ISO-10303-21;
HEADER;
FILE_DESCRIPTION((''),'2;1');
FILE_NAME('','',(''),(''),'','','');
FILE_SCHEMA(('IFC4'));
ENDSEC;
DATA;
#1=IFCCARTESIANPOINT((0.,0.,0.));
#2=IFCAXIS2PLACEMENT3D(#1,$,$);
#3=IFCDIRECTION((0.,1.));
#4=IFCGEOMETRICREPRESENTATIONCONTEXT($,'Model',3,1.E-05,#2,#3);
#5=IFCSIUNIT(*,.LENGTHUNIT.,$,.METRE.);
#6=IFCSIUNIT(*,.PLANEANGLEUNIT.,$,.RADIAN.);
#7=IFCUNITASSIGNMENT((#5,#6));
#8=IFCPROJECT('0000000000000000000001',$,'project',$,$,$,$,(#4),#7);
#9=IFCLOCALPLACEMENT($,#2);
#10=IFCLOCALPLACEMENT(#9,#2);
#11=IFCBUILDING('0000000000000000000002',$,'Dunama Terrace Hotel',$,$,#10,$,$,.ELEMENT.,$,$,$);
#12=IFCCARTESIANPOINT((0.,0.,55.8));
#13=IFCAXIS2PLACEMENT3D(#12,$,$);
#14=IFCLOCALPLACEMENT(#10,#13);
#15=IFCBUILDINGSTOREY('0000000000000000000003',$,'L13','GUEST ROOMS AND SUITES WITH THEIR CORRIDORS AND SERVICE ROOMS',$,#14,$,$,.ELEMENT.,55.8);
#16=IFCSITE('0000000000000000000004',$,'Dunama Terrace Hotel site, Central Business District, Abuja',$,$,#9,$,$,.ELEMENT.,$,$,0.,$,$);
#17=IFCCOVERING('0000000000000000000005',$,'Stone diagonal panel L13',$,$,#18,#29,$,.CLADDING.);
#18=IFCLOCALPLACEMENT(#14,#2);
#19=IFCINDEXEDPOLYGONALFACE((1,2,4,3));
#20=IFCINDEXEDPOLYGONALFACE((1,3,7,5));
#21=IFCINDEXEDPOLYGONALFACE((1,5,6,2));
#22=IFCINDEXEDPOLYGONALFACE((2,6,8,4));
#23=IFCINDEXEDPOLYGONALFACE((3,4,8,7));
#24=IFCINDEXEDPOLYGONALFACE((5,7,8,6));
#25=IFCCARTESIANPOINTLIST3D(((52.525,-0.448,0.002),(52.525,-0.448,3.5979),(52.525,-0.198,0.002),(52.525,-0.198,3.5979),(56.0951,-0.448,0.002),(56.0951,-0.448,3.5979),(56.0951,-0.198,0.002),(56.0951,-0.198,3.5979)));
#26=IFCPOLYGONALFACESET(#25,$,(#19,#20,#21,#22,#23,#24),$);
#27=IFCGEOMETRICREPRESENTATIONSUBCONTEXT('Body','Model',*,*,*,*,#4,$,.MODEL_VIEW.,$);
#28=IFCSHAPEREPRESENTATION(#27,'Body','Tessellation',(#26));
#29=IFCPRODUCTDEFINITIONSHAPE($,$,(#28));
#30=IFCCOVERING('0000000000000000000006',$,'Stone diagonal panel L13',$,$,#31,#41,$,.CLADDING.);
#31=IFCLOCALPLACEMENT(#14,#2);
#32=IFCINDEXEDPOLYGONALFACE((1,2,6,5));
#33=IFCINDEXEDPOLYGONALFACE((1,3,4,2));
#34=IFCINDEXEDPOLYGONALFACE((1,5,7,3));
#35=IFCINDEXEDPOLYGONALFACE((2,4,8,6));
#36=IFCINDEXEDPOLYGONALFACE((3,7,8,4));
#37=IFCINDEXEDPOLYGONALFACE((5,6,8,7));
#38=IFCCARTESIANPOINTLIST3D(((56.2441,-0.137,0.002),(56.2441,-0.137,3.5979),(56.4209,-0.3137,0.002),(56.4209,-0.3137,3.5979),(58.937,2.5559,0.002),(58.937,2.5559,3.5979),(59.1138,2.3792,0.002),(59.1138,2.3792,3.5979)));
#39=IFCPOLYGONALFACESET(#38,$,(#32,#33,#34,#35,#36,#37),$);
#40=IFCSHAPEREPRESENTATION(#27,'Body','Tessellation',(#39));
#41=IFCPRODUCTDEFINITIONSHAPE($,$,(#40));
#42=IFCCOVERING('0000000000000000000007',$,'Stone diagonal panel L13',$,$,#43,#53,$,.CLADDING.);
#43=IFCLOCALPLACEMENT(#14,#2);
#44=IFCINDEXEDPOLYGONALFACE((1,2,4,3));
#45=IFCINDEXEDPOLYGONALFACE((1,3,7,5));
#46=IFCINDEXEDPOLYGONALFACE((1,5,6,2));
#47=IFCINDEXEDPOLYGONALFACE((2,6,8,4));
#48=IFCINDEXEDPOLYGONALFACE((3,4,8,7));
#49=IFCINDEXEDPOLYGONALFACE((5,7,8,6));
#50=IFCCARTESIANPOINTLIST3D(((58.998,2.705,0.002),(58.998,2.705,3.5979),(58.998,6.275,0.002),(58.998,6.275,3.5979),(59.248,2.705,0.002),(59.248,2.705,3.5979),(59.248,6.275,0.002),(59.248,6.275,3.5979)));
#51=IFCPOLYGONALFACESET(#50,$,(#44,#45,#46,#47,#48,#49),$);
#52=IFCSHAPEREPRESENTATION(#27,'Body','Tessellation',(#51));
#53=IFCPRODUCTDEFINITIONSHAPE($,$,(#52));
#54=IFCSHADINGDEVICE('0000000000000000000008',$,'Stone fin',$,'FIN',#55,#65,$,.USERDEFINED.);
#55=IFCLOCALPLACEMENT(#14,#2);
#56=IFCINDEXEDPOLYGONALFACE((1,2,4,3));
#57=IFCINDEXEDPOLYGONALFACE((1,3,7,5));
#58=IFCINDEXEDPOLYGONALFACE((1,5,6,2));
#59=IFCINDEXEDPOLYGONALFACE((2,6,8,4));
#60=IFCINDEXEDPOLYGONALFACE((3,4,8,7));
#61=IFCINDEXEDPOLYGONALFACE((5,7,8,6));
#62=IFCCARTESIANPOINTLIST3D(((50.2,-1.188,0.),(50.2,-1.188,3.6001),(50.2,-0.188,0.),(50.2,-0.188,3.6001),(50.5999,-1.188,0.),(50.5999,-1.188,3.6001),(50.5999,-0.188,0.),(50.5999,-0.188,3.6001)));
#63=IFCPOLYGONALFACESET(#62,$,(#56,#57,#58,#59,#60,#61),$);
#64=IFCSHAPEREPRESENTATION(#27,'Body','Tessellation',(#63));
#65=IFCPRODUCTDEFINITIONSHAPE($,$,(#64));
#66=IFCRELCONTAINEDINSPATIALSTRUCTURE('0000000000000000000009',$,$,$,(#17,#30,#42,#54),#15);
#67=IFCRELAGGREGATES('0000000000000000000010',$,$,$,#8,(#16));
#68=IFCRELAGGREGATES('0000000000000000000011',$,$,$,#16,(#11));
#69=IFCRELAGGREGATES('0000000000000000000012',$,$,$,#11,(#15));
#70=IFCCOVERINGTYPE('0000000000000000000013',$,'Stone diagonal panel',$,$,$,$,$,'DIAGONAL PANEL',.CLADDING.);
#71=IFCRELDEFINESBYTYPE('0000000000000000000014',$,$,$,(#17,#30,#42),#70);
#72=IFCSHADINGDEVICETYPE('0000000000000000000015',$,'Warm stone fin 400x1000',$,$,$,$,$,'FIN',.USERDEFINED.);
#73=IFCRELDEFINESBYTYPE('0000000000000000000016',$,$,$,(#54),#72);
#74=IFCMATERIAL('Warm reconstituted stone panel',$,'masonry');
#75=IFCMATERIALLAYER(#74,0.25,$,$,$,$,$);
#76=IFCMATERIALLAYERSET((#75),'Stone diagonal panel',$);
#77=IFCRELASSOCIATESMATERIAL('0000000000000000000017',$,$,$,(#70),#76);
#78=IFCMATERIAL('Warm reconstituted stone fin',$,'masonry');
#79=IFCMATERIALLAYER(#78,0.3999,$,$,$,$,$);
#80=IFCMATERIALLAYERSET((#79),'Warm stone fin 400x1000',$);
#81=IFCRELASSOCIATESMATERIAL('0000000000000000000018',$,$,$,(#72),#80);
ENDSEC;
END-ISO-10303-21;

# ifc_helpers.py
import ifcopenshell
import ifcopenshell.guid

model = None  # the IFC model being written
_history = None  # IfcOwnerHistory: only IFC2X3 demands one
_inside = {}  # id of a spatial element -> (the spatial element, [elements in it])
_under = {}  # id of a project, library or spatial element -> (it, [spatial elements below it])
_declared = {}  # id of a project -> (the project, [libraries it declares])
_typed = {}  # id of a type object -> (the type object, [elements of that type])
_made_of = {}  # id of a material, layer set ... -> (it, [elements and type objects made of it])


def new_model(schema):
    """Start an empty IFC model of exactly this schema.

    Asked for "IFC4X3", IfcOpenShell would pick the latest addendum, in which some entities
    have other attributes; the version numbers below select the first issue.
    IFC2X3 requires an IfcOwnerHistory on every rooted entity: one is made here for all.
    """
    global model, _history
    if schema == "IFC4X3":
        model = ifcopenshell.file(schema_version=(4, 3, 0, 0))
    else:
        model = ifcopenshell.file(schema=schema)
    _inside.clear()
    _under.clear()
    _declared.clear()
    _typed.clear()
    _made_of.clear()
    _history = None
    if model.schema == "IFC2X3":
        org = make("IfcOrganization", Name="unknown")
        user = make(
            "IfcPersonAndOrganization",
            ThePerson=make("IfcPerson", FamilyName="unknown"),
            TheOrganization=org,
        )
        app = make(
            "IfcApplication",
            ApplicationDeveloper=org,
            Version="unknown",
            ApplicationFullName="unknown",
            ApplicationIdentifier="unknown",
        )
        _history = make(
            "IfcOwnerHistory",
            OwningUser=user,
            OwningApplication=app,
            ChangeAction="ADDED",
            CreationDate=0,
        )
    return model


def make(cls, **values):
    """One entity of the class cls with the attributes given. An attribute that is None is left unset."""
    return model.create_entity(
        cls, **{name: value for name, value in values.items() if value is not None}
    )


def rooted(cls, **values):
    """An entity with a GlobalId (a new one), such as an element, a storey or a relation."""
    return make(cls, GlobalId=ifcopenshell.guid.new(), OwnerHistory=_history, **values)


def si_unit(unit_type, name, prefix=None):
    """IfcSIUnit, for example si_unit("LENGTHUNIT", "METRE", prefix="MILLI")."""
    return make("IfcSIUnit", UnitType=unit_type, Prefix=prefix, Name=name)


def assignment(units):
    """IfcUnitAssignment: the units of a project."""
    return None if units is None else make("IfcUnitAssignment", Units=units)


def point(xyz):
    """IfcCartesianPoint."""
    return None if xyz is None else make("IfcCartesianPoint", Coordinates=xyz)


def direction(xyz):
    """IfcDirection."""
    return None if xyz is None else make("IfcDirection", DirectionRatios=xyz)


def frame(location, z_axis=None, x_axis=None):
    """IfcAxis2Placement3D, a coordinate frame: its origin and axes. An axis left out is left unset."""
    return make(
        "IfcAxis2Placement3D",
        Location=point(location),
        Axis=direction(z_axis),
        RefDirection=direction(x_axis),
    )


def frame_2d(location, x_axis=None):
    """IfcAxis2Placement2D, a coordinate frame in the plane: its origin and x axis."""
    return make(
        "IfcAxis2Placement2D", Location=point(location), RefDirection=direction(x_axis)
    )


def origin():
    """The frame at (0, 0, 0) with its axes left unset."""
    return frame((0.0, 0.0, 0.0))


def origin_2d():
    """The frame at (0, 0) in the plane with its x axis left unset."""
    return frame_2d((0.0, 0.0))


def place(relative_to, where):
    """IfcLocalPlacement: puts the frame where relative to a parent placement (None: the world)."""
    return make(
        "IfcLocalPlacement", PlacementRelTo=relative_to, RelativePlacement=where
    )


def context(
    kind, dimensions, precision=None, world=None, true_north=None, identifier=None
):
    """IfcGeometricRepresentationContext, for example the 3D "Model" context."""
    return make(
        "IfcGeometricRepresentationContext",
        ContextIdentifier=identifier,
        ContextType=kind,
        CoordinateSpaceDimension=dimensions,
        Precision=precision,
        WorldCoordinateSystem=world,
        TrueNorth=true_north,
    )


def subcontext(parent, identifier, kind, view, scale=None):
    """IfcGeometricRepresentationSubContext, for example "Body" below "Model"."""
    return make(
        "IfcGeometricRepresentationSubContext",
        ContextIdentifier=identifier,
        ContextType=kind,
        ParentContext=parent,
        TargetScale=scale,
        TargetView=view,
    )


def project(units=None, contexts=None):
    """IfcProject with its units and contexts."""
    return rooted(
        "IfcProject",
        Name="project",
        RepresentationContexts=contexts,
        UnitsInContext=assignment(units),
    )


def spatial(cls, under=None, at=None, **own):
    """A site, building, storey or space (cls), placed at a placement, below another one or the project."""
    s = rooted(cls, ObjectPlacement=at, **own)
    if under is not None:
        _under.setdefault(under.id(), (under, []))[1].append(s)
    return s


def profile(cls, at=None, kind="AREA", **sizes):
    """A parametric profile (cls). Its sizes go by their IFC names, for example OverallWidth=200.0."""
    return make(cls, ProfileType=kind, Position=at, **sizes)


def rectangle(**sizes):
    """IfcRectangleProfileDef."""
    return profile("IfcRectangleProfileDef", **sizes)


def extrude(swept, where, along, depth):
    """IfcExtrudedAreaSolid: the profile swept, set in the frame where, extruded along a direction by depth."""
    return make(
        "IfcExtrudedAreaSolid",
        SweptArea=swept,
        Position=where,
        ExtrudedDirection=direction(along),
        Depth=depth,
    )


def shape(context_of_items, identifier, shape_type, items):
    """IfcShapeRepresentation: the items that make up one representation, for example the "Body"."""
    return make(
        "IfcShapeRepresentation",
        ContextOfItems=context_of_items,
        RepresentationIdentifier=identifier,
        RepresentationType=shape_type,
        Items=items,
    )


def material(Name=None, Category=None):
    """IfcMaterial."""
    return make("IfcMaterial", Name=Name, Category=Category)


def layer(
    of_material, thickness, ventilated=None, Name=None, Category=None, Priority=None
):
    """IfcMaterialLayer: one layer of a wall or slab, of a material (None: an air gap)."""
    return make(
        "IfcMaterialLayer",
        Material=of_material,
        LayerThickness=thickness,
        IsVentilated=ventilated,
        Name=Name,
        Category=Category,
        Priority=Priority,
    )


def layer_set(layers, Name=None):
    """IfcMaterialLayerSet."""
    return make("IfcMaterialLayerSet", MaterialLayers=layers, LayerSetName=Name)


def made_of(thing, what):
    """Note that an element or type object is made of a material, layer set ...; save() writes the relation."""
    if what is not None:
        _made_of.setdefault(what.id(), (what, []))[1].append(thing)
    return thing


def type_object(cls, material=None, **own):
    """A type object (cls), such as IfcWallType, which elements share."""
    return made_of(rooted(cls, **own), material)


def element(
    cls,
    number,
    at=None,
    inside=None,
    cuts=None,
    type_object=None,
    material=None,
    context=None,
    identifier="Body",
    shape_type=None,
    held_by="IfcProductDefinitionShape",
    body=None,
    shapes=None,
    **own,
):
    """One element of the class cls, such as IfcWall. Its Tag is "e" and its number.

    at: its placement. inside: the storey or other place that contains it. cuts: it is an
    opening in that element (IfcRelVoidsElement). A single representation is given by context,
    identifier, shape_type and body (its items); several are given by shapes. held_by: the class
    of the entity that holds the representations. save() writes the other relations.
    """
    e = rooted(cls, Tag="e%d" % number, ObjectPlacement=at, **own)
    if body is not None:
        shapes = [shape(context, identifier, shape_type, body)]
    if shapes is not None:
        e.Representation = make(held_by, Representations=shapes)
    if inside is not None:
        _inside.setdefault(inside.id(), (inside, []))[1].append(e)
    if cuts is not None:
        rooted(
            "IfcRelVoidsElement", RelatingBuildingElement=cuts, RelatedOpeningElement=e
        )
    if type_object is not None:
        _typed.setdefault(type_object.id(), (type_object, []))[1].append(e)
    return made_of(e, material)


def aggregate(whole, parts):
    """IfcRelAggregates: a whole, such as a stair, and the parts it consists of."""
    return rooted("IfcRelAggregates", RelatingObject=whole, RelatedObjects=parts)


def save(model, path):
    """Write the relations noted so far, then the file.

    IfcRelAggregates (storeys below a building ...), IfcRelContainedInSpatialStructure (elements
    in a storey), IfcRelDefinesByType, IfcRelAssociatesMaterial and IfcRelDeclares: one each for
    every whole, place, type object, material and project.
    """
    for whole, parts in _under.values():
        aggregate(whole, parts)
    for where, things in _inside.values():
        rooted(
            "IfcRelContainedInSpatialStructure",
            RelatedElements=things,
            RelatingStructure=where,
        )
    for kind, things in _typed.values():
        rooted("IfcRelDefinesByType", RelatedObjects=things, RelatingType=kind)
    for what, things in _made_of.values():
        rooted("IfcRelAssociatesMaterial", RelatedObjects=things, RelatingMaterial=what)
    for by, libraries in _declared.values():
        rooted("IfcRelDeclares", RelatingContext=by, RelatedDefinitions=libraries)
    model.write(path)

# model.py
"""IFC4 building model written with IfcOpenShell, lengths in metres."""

from ifc_helpers import new_model, si_unit, direction, frame, origin, origin_2d, place, context, subcontext, project, spatial, rectangle, extrude, material, layer, layer_set, type_object, element, save


model = new_model("IFC4")

# Units and contexts
model_context = context("Model", 3, precision=1e-05, world=origin(), true_north=direction((0.0, 1.0)))
body_context = subcontext(model_context, "Body", "Model", "MODEL_VIEW")
ifc_project = project(units=[si_unit("LENGTHUNIT", "METRE"), si_unit("PLANEANGLEUNIT", "RADIAN")], contexts=[model_context])

# Site, building, storey
site_placement = place(None, origin())
site = spatial("IfcSite", under=ifc_project, at=site_placement, Name="Dunama Terrace Hotel site, Central Business District, Abuja", CompositionType="ELEMENT", RefElevation=0.0)
building_placement = place(site_placement, origin())
building = spatial("IfcBuilding", under=site, at=building_placement, Name="Dunama Terrace Hotel", CompositionType="ELEMENT")
storey_placement = place(building_placement, frame((0.0, 0.0, 55.8)))
storey = spatial("IfcBuildingStorey", under=building, at=storey_placement, Name="L13", Description="GUEST ROOMS AND SUITES WITH THEIR CORRIDORS AND SERVICE ROOMS", CompositionType="ELEMENT", Elevation=55.8)

# Coverings
ifc_material_1 = material(Name="Warm reconstituted stone panel", Category="masonry")
ifc_layer_1 = layer(ifc_material_1, 0.25)
ifc_layer_set_1 = layer_set([ifc_layer_1], Name="Stone diagonal panel")
covering_type = type_object("IfcCoveringType", Name="Stone diagonal panel", ElementType="DIAGONAL PANEL", PredefinedType="CLADDING", material=ifc_layer_set_1)
covering_1_placement = place(storey_placement, frame((54.3101, -0.323, 0.002), z_axis=(0.0, 0.0, 1.0), x_axis=(1.0, 0.0, 0.0)))
element("IfcCovering", 1, at=covering_1_placement, inside=storey, type_object=covering_type, Name="Stone diagonal panel L13", PredefinedType="CLADDING", context=body_context, shape_type="SweptSolid", body=[
    extrude(rectangle(XDim=3.5701, YDim=0.25, at=origin_2d()), origin(), (0.0, 0.0, 1.0), 3.5959),
])
covering_2_placement = place(storey_placement, frame((57.679, 1.1211, 0.002), z_axis=(0.0, 0.0, 1.0), x_axis=(0.707107, 0.707107, 0.0)))
element("IfcCovering", 2, at=covering_2_placement, inside=storey, type_object=covering_type, Name="Stone diagonal panel L13", PredefinedType="CLADDING", context=body_context, shape_type="SweptSolid", body=[
    extrude(rectangle(XDim=3.8083, YDim=0.25, at=origin_2d()), origin(), (0.0, 0.0, 1.0), 3.5959),
])
covering_3_placement = place(storey_placement, frame((59.123, 4.49, 0.002), z_axis=(0.0, 0.0, 1.0), x_axis=(0.0, 1.0, 0.0)))
element("IfcCovering", 3, at=covering_3_placement, inside=storey, type_object=covering_type, Name="Stone diagonal panel L13", PredefinedType="CLADDING", context=body_context, shape_type="SweptSolid", body=[
    extrude(rectangle(XDim=3.5701, YDim=0.25, at=origin_2d()), origin(), (0.0, 0.0, 1.0), 3.5959),
])

# Shading device
ifc_material_2 = material(Name="Warm reconstituted stone fin", Category="masonry")
ifc_layer_2 = layer(ifc_material_2, 0.3999)
ifc_layer_set_2 = layer_set([ifc_layer_2], Name="Warm stone fin 400x1000")
shading_device_type = type_object("IfcShadingDeviceType", Name="Warm stone fin 400x1000", ElementType="FIN", PredefinedType="USERDEFINED", material=ifc_layer_set_2)
shading_device_placement = place(storey_placement, frame((50.3999, -0.688, 0.0), z_axis=(0.0, 0.0, 1.0), x_axis=(1.0, 0.0, 0.0)))
element("IfcShadingDevice", 4, at=shading_device_placement, inside=storey, type_object=shading_device_type, Name="Stone fin", ObjectType="FIN", PredefinedType="USERDEFINED", context=body_context, shape_type="SweptSolid", body=[
    extrude(rectangle(XDim=0.3999, YDim=1.0, at=origin_2d()), origin(), (0.0, 0.0, 1.0), 3.6001),
])

save(model, "model.ifc")
